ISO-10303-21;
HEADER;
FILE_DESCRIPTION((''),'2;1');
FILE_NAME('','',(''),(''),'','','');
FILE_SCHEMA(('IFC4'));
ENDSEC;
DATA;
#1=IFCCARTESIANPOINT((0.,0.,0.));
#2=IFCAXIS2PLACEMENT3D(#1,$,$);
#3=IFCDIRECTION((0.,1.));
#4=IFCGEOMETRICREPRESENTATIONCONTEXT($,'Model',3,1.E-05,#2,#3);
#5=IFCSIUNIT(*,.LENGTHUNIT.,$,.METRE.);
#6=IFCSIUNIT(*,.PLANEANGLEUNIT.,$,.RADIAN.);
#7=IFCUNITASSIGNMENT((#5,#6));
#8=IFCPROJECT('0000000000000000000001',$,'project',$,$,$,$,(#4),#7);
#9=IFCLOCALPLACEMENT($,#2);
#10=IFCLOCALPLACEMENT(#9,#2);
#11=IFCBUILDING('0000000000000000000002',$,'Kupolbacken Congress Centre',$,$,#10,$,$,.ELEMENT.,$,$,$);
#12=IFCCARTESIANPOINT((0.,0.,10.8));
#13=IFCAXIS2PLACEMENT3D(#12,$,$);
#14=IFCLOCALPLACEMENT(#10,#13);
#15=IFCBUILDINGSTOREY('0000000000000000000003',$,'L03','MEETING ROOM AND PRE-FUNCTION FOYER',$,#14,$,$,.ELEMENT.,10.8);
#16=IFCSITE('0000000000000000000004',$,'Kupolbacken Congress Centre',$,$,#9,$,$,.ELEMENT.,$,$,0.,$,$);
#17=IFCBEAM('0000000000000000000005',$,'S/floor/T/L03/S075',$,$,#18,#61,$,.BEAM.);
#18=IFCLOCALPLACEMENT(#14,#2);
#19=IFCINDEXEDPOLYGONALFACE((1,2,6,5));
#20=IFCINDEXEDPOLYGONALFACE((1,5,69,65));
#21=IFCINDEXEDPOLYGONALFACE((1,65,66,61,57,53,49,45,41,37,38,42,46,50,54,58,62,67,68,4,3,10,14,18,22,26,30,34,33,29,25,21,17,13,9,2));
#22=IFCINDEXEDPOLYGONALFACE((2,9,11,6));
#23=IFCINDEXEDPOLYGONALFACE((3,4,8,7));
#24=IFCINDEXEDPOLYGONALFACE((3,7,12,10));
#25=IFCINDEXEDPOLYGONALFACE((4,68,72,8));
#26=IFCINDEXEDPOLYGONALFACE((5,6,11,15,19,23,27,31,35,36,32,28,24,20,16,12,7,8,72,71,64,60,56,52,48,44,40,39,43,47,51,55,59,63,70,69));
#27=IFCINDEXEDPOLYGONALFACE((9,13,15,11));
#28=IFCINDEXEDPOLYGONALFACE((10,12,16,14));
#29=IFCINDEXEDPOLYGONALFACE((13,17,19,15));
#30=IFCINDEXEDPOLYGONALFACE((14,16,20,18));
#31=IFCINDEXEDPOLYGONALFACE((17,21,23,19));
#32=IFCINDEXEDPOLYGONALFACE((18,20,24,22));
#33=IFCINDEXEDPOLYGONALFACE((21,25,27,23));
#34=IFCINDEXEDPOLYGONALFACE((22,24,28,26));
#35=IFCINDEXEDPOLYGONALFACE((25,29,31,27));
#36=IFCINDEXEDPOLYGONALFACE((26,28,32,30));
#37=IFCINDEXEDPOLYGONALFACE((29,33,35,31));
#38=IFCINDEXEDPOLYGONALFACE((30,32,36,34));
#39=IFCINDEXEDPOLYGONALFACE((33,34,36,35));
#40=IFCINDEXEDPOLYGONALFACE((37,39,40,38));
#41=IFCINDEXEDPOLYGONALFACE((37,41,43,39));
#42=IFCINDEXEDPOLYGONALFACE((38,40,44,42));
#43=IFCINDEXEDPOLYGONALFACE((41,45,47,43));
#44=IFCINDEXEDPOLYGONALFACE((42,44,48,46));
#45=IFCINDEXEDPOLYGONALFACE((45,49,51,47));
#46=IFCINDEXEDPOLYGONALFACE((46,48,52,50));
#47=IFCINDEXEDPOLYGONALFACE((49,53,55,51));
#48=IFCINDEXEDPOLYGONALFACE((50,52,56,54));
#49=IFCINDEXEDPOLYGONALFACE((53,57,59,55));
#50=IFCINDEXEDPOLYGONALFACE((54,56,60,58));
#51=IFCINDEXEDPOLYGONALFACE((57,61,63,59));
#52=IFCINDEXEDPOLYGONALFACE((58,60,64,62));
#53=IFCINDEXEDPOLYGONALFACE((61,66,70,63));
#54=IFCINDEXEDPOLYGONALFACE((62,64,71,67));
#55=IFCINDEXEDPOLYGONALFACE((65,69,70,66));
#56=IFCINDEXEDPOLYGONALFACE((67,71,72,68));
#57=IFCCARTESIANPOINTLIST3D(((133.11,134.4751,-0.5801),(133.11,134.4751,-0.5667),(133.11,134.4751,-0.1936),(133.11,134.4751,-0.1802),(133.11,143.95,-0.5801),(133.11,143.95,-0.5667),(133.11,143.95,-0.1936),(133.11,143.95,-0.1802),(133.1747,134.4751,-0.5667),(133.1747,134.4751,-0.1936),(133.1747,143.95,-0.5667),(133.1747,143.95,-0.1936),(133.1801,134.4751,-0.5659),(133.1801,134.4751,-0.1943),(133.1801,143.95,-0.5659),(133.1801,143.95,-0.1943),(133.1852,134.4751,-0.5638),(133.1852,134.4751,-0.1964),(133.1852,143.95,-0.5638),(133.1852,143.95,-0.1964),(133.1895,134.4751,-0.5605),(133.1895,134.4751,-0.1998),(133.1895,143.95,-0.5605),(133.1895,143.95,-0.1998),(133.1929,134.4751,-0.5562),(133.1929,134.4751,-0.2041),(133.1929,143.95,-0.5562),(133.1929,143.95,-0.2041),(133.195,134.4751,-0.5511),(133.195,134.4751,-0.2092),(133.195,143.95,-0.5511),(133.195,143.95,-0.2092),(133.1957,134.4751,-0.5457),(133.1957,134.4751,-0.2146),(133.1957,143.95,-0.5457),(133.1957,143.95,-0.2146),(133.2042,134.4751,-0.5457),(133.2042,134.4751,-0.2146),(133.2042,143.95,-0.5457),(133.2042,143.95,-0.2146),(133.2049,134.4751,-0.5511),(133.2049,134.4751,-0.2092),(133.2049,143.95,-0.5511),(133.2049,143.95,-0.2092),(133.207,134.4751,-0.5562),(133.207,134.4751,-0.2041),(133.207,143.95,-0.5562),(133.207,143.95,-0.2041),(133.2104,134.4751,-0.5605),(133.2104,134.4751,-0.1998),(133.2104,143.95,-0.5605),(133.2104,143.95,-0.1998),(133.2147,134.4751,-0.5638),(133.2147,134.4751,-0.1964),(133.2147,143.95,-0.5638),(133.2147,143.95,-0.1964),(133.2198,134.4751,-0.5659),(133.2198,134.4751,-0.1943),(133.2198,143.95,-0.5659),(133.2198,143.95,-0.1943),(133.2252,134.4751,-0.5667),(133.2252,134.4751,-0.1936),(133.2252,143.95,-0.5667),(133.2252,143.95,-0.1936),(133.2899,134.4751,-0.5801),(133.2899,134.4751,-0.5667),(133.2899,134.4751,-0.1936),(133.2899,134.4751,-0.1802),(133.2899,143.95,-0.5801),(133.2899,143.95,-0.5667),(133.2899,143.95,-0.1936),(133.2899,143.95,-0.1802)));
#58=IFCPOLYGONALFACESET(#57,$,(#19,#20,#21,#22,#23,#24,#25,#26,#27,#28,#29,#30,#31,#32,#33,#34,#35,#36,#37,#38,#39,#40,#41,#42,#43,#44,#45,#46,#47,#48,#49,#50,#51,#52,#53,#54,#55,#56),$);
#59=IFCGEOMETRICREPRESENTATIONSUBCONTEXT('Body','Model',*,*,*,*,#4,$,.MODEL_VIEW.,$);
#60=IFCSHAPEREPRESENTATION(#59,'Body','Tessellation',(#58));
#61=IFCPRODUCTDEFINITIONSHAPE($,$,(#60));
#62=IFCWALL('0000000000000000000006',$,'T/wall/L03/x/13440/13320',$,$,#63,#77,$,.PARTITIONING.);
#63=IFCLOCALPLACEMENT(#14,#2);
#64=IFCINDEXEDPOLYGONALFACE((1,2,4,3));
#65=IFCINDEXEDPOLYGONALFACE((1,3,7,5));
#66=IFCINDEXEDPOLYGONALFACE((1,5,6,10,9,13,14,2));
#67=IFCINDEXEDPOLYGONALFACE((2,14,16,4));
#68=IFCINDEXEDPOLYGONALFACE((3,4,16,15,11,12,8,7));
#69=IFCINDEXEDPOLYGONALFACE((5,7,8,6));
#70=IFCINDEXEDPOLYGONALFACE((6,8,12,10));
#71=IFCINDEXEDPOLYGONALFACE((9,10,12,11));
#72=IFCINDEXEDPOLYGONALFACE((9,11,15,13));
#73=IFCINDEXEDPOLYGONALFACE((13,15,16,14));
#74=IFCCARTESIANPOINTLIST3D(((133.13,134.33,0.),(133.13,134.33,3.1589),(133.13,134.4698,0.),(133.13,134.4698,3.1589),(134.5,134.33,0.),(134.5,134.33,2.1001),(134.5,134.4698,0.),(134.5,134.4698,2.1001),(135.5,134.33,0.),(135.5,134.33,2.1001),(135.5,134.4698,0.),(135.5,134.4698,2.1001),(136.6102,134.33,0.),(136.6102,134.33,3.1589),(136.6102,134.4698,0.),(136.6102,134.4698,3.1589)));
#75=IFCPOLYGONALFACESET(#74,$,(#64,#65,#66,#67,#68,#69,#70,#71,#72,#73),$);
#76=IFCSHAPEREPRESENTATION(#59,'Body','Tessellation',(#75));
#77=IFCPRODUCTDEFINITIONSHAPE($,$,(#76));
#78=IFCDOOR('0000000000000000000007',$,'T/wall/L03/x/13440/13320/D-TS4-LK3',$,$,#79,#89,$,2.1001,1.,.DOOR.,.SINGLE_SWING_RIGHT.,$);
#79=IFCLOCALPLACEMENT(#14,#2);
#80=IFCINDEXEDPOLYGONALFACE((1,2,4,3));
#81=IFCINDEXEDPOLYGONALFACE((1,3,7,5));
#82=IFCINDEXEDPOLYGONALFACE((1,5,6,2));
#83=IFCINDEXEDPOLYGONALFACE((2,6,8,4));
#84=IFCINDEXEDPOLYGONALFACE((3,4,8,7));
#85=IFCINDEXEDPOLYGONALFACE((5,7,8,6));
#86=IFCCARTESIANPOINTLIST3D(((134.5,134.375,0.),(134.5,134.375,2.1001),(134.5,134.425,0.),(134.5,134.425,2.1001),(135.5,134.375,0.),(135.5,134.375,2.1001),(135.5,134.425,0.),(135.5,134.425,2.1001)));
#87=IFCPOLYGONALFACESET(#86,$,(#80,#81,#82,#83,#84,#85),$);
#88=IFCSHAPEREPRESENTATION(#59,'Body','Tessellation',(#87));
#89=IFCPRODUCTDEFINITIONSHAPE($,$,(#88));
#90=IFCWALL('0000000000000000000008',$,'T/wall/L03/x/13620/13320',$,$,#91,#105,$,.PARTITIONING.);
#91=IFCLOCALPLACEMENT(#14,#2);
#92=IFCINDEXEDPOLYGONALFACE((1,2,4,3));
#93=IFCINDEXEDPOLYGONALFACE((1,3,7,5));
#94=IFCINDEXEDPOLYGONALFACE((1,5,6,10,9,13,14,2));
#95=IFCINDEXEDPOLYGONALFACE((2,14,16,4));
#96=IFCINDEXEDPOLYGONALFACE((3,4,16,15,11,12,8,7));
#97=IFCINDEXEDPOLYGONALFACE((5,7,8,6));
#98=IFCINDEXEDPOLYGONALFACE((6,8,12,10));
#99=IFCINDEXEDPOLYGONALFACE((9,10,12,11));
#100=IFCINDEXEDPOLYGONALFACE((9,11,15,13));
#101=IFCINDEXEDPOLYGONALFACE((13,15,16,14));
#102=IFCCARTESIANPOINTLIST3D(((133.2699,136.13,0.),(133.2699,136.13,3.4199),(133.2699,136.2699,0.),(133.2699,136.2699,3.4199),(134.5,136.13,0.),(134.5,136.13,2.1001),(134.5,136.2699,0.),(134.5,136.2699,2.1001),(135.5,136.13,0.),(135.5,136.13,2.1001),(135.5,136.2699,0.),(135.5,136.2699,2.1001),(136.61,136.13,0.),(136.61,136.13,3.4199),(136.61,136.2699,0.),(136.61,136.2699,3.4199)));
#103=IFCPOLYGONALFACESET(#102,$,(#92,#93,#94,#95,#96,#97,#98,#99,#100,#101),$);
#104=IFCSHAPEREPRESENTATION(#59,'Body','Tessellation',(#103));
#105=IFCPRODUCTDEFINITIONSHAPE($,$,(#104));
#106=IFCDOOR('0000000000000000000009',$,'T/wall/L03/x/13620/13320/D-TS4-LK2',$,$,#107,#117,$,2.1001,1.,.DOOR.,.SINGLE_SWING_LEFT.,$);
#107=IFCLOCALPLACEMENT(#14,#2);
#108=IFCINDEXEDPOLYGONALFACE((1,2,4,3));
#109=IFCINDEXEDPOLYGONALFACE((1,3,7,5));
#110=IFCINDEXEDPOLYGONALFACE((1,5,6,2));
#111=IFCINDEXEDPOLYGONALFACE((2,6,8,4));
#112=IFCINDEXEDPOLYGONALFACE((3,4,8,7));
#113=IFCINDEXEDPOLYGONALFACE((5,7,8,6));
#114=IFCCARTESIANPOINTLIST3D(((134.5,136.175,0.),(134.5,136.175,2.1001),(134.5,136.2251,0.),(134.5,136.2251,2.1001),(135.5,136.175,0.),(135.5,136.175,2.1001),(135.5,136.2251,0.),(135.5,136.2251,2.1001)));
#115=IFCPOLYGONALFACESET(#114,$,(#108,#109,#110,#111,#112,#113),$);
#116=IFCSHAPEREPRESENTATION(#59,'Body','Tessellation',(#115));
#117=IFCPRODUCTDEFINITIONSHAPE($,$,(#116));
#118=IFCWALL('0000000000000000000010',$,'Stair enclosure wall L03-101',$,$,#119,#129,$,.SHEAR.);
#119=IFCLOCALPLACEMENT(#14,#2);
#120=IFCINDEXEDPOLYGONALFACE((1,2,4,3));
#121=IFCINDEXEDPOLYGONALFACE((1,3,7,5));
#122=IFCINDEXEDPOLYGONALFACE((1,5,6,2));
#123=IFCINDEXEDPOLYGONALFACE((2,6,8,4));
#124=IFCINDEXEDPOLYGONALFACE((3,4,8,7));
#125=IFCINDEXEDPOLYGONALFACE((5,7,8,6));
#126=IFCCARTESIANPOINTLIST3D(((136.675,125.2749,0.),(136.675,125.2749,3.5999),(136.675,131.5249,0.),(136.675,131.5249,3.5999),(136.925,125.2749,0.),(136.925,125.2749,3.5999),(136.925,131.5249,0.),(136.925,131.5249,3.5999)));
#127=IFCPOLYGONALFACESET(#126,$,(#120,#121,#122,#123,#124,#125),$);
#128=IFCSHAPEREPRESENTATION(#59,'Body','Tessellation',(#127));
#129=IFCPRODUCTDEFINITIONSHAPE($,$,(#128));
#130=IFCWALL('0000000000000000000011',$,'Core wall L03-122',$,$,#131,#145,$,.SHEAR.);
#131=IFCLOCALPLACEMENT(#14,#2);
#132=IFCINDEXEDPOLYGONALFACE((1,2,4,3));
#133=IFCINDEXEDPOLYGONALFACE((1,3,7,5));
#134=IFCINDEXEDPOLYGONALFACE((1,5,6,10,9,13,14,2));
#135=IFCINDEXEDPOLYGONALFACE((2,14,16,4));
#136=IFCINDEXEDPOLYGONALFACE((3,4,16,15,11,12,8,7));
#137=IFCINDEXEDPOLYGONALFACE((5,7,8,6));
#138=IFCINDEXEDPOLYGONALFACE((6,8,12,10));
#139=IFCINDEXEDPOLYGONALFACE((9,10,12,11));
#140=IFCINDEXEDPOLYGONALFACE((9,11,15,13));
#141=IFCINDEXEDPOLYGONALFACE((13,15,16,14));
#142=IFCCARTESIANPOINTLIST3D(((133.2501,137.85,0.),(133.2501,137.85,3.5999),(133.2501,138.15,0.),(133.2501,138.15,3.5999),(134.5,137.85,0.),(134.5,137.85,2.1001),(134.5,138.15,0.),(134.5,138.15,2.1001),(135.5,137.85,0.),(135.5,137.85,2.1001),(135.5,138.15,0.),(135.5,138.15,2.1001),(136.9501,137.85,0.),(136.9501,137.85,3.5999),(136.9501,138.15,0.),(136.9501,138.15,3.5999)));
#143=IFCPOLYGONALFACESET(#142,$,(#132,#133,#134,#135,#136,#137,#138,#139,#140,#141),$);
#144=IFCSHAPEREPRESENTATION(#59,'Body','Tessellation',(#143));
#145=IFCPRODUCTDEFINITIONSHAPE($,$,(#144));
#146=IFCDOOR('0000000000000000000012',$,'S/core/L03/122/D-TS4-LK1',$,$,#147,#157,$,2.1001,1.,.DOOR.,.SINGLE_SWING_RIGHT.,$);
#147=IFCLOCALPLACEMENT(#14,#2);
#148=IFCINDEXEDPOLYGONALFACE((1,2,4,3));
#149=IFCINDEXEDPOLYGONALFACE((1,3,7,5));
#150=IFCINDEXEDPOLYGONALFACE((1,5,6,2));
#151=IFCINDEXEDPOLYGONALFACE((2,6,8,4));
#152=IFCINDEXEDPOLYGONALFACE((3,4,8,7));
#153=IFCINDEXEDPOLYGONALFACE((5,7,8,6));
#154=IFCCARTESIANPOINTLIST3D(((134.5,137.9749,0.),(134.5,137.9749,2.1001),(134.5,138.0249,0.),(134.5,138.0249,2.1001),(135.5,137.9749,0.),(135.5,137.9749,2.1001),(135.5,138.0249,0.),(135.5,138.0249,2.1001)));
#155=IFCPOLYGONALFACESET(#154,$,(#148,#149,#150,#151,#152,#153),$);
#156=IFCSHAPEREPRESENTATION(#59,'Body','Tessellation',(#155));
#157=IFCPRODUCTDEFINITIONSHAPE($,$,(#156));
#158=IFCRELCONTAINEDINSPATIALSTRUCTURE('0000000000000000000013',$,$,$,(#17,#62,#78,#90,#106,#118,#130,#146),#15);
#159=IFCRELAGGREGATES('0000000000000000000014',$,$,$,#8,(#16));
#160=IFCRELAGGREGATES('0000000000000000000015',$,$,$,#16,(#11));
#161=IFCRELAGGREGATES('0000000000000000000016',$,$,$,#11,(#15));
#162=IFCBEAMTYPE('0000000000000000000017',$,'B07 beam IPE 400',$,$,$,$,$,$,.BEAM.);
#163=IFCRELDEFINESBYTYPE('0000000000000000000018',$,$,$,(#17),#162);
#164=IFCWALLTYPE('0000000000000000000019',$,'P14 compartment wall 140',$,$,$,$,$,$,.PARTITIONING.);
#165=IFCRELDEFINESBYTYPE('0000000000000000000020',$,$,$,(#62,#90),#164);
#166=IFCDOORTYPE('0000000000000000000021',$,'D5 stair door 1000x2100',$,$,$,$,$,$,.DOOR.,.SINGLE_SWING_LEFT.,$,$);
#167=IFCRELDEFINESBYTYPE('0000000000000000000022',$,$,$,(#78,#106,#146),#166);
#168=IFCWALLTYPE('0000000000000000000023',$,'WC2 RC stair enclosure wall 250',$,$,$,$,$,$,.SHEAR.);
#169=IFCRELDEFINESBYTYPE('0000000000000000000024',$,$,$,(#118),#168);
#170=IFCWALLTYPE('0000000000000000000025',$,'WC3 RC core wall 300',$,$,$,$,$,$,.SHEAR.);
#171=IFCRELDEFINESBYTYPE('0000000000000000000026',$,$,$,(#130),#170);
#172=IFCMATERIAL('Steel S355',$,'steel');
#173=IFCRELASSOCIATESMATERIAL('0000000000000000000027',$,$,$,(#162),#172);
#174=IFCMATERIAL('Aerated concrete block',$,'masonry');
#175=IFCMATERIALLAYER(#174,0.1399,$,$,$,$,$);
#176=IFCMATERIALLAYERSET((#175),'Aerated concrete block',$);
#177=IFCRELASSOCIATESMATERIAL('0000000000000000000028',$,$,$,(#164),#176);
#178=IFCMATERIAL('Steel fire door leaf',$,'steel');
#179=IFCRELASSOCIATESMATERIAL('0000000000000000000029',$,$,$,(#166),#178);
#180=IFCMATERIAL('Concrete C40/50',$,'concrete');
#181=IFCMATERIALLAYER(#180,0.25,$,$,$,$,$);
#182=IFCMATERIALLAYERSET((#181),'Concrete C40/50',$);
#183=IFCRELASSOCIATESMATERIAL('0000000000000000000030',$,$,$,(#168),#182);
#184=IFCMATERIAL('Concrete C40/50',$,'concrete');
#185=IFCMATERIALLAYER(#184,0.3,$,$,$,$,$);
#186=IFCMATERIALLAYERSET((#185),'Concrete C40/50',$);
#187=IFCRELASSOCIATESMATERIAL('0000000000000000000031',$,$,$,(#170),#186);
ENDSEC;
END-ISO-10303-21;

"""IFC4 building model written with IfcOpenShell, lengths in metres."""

from ifc_helpers import new_model, si_unit, direction, frame, frame_2d, origin, origin_2d, place, context, subcontext, project, spatial, rectangle, i_section, extrude, material, layer, layer_set, material_profile, profile_set, type_object, element, fill, save


model = new_model("IFC4")

# Units and contexts
model_context = context("Model", 3, precision=1e-05, world=origin(), true_north=direction((0.0, 1.0)))
body_context = subcontext(model_context, "Body", "Model", "MODEL_VIEW")
ifc_project = project(units=[si_unit("LENGTHUNIT", "METRE"), si_unit("PLANEANGLEUNIT", "RADIAN")], contexts=[model_context])

# Site, building, storey
site_placement = place(None, origin())
site = spatial("IfcSite", under=ifc_project, at=site_placement, Name="Kupolbacken Congress Centre", CompositionType="ELEMENT", RefElevation=0.0)
building_placement = place(site_placement, origin())
building = spatial("IfcBuilding", under=site, at=building_placement, Name="Kupolbacken Congress Centre", CompositionType="ELEMENT")
storey_placement = place(building_placement, frame((0.0, 0.0, 10.8)))
storey = spatial("IfcBuildingStorey", under=building, at=storey_placement, Name="L03", Description="MEETING ROOM AND PRE-FUNCTION FOYER", CompositionType="ELEMENT", Elevation=10.8)

# Beam
ifc_material_1 = material(Name="Steel S355", Category="steel")
ifc_material_profile_1 = material_profile(ifc_material_1, i_section(OverallWidth=0.1799, OverallDepth=0.3999, WebThickness=0.0085, FlangeThickness=0.0134, FilletRadius=0.021, at=origin_2d()), Name="IPE 400")
ifc_profile_set_1 = profile_set([ifc_material_profile_1], Name="Steel S355")
beam_type_1 = type_object("IfcBeamType", Name="B07 beam IPE 400", PredefinedType="BEAM", material=ifc_profile_set_1)
beam_1_placement = place(storey_placement, frame((133.2, 134.4751, -0.3801), z_axis=(0.0, 1.0, 0.0), x_axis=(-1.0, 0.0, 0.0)))
element("IfcBeam", 1, at=beam_1_placement, inside=storey, type_object=beam_type_1, Name="S/floor/T/L03/S075", PredefinedType="BEAM", context=body_context, shape_type="SweptSolid", body=[
    extrude(i_section(OverallWidth=0.1799, OverallDepth=0.3999, WebThickness=0.0085, FlangeThickness=0.0134, FilletRadius=0.021, at=origin_2d()), origin(), (0.0, 0.0, 1.0), 9.4749),
])

# Walls, openings, doors
ifc_material_2 = material(Name="Aerated concrete block", Category="masonry")
ifc_layer_1 = layer(ifc_material_2, 0.1399)
ifc_layer_set_1 = layer_set([ifc_layer_1], Name="Aerated concrete block")
wall_type_1 = type_object("IfcWallType", Name="P14 compartment wall 140", PredefinedType="PARTITIONING", material=ifc_layer_set_1)
wall_1_placement = place(storey_placement, frame((133.1299, 134.3999, 0.0), z_axis=(0.0, 0.0, 1.0), x_axis=(1.0, 0.0, 0.0)))
wall_1 = element("IfcWall", 2, at=wall_1_placement, inside=storey, type_object=wall_type_1, Name="T/wall/L03/x/13440/13320", PredefinedType="PARTITIONING", context=body_context, shape_type="SweptSolid", body=[
    extrude(rectangle(XDim=3.4802, YDim=0.1399, at=frame_2d((1.7402, 0.0))), origin(), (0.0, 0.0, 1.0), 3.1589),
])
opening_1_placement = place(wall_1_placement, frame((1.3701, 0.0, 0.0)))
opening_1 = element("IfcOpeningElement", 3, at=opening_1_placement, cuts=wall_1, PredefinedType="OPENING", context=body_context, shape_type="SweptSolid", body=[
    extrude(rectangle(XDim=1.0, YDim=2.1001, at=frame_2d((0.5, 1.05))), frame((0.0, 0.0798, 0.0), z_axis=(0.0, -1.0, 0.0), x_axis=(1.0, 0.0, 0.0)), (0.0, 0.0, 1.0), 0.1599),
])
ifc_material_3 = material(Name="Steel fire door leaf", Category="steel")
door_type = type_object("IfcDoorType", Name="D5 stair door 1000x2100", OperationType="SINGLE_SWING_LEFT", PredefinedType="DOOR", material=ifc_material_3)
door_1_placement = place(opening_1_placement, frame((1.0, 0.0, 0.0), z_axis=(0.0, 0.0, 1.0), x_axis=(-1.0, 0.0, 0.0)))
door_1 = element("IfcDoor", 4, at=door_1_placement, inside=storey, type_object=door_type, Name="T/wall/L03/x/13440/13320/D-TS4-LK3", OperationType="SINGLE_SWING_RIGHT", OverallHeight=2.1001, OverallWidth=1.0, PredefinedType="DOOR", context=body_context, shape_type="SweptSolid", body=[
    extrude(rectangle(XDim=1.0, YDim=2.1001, at=frame_2d((0.5, 1.05))), frame((0.0, 0.0249, 0.0), z_axis=(0.0, -1.0, 0.0), x_axis=(1.0, 0.0, 0.0)), (0.0, 0.0, 1.0), 0.05),
])
fill(opening_1, door_1)
wall_2_placement = place(storey_placement, frame((133.27, 136.2, 0.0), z_axis=(0.0, 0.0, 1.0), x_axis=(1.0, 0.0, 0.0)))
wall_2 = element("IfcWall", 5, at=wall_2_placement, inside=storey, type_object=wall_type_1, Name="T/wall/L03/x/13620/13320", PredefinedType="PARTITIONING", context=body_context, shape_type="SweptSolid", body=[
    extrude(rectangle(XDim=3.3401, YDim=0.1399, at=frame_2d((1.6699, 0.0))), origin(), (0.0, 0.0, 1.0), 3.4199),
])
opening_2_placement = place(wall_2_placement, frame((1.23, 0.0, 0.0)))
opening_2 = element("IfcOpeningElement", 6, at=opening_2_placement, cuts=wall_2, PredefinedType="OPENING", context=body_context, shape_type="SweptSolid", body=[
    extrude(rectangle(XDim=1.0, YDim=2.1001, at=frame_2d((0.5, 1.05))), frame((0.0, 0.0798, 0.0), z_axis=(0.0, -1.0, 0.0), x_axis=(1.0, 0.0, 0.0)), (0.0, 0.0, 1.0), 0.1599),
])
door_2_placement = place(opening_2_placement, frame((1.0, 0.0, 0.0), z_axis=(0.0, 0.0, 1.0), x_axis=(-1.0, 0.0, 0.0)))
door_2 = element("IfcDoor", 7, at=door_2_placement, inside=storey, type_object=door_type, Name="T/wall/L03/x/13620/13320/D-TS4-LK2", OperationType="SINGLE_SWING_LEFT", OverallHeight=2.1001, OverallWidth=1.0, PredefinedType="DOOR", context=body_context, shape_type="SweptSolid", body=[
    extrude(rectangle(XDim=1.0, YDim=2.1001, at=frame_2d((0.5, 1.05))), frame((0.0, 0.0249, 0.0), z_axis=(0.0, -1.0, 0.0), x_axis=(1.0, 0.0, 0.0)), (0.0, 0.0, 1.0), 0.05),
])
fill(opening_2, door_2)

# Wall
ifc_material_4 = material(Name="Concrete C40/50", Category="concrete")
ifc_layer_2 = layer(ifc_material_4, 0.25)
ifc_layer_set_2 = layer_set([ifc_layer_2], Name="Concrete C40/50")
wall_type_2 = type_object("IfcWallType", Name="WC2 RC stair enclosure wall 250", PredefinedType="SHEAR", material=ifc_layer_set_2)
wall_3_placement = place(storey_placement, frame((136.8, 131.5249, 0.0), z_axis=(0.0, 0.0, 1.0), x_axis=(0.0, -1.0, 0.0)))
element("IfcWall", 8, at=wall_3_placement, inside=storey, type_object=wall_type_2, Name="Stair enclosure wall L03-101", PredefinedType="SHEAR", context=body_context, shape_type="SweptSolid", body=[
    extrude(rectangle(XDim=6.25, YDim=0.25, at=frame_2d((3.125, 0.0))), origin(), (0.0, 0.0, 1.0), 3.5999),
])

# Wall, opening, door
ifc_material_5 = material(Name="Concrete C40/50", Category="concrete")
ifc_layer_3 = layer(ifc_material_5, 0.3)
ifc_layer_set_3 = layer_set([ifc_layer_3], Name="Concrete C40/50")
wall_type_3 = type_object("IfcWallType", Name="WC3 RC core wall 300", PredefinedType="SHEAR", material=ifc_layer_set_3)
wall_4_placement = place(storey_placement, frame((133.25, 138.0, 0.0), z_axis=(0.0, 0.0, 1.0), x_axis=(1.0, 0.0, 0.0)))
wall_4 = element("IfcWall", 9, at=wall_4_placement, inside=storey, type_object=wall_type_3, Name="Core wall L03-122", PredefinedType="SHEAR", context=body_context, shape_type="SweptSolid", body=[
    extrude(rectangle(XDim=3.7, YDim=0.3, at=frame_2d((1.8501, 0.0))), origin(), (0.0, 0.0, 1.0), 3.5999),
])
opening_3_placement = place(wall_4_placement, frame((1.25, 0.0, 0.0)))
opening_3 = element("IfcOpeningElement", 10, at=opening_3_placement, cuts=wall_4, PredefinedType="OPENING", context=body_context, shape_type="SweptSolid", body=[
    extrude(rectangle(XDim=1.0, YDim=2.1001, at=frame_2d((0.5, 1.05))), frame((0.0, 0.1599, 0.0), z_axis=(0.0, -1.0, 0.0), x_axis=(1.0, 0.0, 0.0)), (0.0, 0.0, 1.0), 0.3201),
])
door_3_placement = place(opening_3_placement, origin())
door_3 = element("IfcDoor", 11, at=door_3_placement, inside=storey, type_object=door_type, Name="S/core/L03/122/D-TS4-LK1", OperationType="SINGLE_SWING_RIGHT", OverallHeight=2.1001, OverallWidth=1.0, PredefinedType="DOOR", context=body_context, shape_type="SweptSolid", body=[
    extrude(rectangle(XDim=1.0, YDim=2.1001, at=frame_2d((0.5, 1.05))), frame((0.0, 0.0249, 0.0), z_axis=(0.0, -1.0, 0.0), x_axis=(1.0, 0.0, 0.0)), (0.0, 0.0, 1.0), 0.05),
])
fill(opening_3, door_3)

save(model, "model.ifc")
